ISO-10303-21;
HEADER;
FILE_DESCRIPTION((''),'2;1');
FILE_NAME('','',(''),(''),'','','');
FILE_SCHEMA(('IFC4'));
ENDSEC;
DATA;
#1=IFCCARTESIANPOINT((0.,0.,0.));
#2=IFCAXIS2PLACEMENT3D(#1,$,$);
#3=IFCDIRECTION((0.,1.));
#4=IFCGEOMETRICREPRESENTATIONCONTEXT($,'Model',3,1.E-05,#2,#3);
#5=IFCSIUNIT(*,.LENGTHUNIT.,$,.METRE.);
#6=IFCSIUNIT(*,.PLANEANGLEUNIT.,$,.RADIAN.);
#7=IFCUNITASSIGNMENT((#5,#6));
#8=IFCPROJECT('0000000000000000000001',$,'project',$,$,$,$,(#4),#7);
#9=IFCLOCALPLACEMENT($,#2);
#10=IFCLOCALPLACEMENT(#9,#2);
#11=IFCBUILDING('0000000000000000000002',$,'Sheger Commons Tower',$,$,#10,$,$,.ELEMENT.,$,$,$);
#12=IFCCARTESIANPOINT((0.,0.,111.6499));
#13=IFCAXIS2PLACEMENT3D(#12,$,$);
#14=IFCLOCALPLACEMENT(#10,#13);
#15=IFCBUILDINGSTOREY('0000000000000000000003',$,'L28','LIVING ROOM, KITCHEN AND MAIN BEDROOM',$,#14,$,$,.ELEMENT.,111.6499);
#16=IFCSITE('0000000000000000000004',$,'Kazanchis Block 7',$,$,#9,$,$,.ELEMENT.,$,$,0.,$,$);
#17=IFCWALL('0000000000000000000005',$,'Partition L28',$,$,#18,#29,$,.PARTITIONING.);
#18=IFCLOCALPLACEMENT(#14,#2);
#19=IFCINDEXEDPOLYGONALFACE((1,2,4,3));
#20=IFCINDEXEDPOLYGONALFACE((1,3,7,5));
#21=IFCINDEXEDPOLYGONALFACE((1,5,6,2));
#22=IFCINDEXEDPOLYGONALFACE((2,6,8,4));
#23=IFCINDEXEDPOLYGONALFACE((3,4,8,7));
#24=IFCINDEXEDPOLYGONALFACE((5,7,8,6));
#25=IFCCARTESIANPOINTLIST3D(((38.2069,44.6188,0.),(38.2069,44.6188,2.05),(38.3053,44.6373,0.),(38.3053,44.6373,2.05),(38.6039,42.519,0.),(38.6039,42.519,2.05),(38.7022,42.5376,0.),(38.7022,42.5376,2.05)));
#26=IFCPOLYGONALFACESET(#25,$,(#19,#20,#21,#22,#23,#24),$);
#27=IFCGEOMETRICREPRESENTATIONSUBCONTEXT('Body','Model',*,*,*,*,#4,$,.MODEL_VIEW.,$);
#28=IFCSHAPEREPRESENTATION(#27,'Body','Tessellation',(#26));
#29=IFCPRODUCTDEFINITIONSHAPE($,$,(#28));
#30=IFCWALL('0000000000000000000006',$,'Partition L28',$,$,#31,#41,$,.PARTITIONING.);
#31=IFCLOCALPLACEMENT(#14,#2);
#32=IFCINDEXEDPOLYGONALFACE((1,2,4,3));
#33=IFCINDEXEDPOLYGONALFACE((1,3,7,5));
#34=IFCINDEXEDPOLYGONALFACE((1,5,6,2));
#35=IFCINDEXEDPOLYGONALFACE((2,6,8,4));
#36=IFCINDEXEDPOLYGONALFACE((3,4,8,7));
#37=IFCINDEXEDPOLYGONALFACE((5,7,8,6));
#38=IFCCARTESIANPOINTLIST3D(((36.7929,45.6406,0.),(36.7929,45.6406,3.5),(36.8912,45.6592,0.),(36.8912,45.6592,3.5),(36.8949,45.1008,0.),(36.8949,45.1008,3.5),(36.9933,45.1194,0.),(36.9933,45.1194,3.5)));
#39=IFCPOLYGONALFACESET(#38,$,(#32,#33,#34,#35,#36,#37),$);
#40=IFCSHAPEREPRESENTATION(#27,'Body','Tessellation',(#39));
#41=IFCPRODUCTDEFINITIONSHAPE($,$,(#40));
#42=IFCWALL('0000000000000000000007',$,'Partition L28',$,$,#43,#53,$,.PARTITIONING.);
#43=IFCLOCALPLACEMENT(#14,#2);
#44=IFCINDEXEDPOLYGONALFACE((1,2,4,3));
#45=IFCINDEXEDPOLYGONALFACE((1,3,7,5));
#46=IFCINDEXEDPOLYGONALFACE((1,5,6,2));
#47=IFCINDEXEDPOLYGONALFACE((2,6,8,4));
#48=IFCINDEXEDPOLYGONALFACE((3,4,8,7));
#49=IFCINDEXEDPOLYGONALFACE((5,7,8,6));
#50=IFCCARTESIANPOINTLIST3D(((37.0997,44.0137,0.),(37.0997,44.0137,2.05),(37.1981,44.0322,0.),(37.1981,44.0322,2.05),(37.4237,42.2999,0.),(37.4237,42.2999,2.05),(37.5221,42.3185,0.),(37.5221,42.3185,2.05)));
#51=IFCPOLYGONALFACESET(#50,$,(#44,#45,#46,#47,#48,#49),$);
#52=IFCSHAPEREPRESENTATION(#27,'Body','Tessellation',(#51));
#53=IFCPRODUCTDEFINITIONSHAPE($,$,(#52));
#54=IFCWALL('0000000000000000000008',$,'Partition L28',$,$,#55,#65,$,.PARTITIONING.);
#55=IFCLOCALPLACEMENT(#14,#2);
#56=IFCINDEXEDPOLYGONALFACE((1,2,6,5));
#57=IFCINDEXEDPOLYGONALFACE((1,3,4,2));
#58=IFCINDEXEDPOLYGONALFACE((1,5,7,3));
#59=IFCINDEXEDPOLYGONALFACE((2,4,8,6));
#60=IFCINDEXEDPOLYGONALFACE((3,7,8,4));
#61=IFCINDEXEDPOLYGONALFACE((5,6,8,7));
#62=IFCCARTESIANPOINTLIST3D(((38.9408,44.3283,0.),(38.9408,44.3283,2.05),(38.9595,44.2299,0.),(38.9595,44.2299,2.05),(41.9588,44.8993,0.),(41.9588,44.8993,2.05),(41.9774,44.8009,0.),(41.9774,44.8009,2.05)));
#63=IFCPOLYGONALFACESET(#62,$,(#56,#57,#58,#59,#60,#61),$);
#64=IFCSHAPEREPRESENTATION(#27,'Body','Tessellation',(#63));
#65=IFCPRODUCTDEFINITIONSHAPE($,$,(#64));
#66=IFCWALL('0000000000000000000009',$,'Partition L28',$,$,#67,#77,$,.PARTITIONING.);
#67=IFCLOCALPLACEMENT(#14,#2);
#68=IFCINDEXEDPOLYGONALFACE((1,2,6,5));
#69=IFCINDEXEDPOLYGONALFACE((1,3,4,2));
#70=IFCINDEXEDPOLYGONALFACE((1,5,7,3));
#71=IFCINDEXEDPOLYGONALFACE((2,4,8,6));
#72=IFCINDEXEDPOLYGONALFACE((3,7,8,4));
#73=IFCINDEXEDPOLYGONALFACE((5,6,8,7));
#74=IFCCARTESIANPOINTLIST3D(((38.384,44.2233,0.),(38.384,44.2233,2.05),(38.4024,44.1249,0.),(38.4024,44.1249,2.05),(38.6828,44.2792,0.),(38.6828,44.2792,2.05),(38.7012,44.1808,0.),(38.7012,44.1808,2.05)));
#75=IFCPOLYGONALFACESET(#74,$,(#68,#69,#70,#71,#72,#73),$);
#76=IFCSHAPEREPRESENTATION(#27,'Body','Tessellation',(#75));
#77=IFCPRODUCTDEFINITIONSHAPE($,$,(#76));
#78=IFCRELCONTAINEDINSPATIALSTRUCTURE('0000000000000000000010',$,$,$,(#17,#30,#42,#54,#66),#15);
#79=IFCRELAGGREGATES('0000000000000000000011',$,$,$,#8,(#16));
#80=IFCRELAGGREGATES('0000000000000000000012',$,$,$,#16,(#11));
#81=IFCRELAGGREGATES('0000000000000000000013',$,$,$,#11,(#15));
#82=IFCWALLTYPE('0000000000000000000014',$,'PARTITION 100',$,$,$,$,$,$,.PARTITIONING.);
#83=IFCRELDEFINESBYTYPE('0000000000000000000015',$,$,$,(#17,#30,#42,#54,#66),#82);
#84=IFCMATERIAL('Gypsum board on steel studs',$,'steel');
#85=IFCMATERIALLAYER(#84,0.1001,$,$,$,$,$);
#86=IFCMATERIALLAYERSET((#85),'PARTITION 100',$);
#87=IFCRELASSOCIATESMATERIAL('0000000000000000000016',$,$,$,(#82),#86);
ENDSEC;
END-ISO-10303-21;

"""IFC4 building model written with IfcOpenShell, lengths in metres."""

from ifc_helpers import new_model, si_unit, direction, frame, frame_2d, origin, place, context, subcontext, project, spatial, rectangle, extrude, material, layer, layer_set, type_object, element, save


model = new_model("IFC4")

# Units and contexts
model_context = context("Model", 3, precision=1e-05, world=origin(), true_north=direction((0.0, 1.0)))
body_context = subcontext(model_context, "Body", "Model", "MODEL_VIEW")
ifc_project = project(units=[si_unit("LENGTHUNIT", "METRE"), si_unit("PLANEANGLEUNIT", "RADIAN")], contexts=[model_context])

# Site, building, storey
site_placement = place(None, origin())
site = spatial("IfcSite", under=ifc_project, at=site_placement, Name="Kazanchis Block 7", CompositionType="ELEMENT", RefElevation=0.0)
building_placement = place(site_placement, origin())
building = spatial("IfcBuilding", under=site, at=building_placement, Name="Sheger Commons Tower", CompositionType="ELEMENT")
storey_placement = place(building_placement, frame((0.0, 0.0, 111.6499)))
storey = spatial("IfcBuildingStorey", under=building, at=storey_placement, Name="L28", Description="LIVING ROOM, KITCHEN AND MAIN BEDROOM", CompositionType="ELEMENT", Elevation=111.6499)

# Walls
ifc_material_1 = material(Name="Gypsum board on steel studs", Category="steel")
ifc_layer_1 = layer(ifc_material_1, 0.1001)
ifc_layer_set_1 = layer_set([ifc_layer_1], Name="PARTITION 100")
wall_type_1 = type_object("IfcWallType", Name="PARTITION 100", PredefinedType="PARTITIONING", material=ifc_layer_set_1)
wall_1_placement = place(storey_placement, frame((38.2561, 44.6279, 0.0), z_axis=(0.0, 0.0, 1.0), x_axis=(0.185758, -0.982596, 0.0)))
element("IfcWall", 1, at=wall_1_placement, inside=storey, type_object=wall_type_1, Name="Partition L28", PredefinedType="PARTITIONING", context=body_context, shape_type="SweptSolid", body=[
    extrude(rectangle(XDim=2.137, YDim=0.1001, at=frame_2d((1.0684, 0.0))), origin(), (0.0, 0.0, 1.0), 2.05),
])
wall_2_placement = place(storey_placement, frame((36.842, 45.6499, 0.0), z_axis=(0.0, 0.0, 1.0), x_axis=(0.185764, -0.982594, 0.0)))
element("IfcWall", 2, at=wall_2_placement, inside=storey, type_object=wall_type_1, Name="Partition L28", PredefinedType="PARTITIONING", context=body_context, shape_type="SweptSolid", body=[
    extrude(rectangle(XDim=0.5493, YDim=0.1001, at=frame_2d((0.2747, 0.0))), origin(), (0.0, 0.0, 1.0), 3.5),
])
wall_3_placement = place(storey_placement, frame((37.1489, 44.0229, 0.0), z_axis=(0.0, 0.0, 1.0), x_axis=(0.185742, -0.982599, 0.0)))
element("IfcWall", 3, at=wall_3_placement, inside=storey, type_object=wall_type_1, Name="Partition L28", PredefinedType="PARTITIONING", context=body_context, shape_type="SweptSolid", body=[
    extrude(rectangle(XDim=1.7441, YDim=0.1001, at=frame_2d((0.8721, 0.0))), origin(), (0.0, 0.0, 1.0), 2.05),
])
wall_4_placement = place(storey_placement, frame((41.968, 44.8501, 0.0), z_axis=(0.0, 0.0, 1.0), x_axis=(-0.982567, -0.18591, 0.0)))
element("IfcWall", 4, at=wall_4_placement, inside=storey, type_object=wall_type_1, Name="Partition L28", PredefinedType="PARTITIONING", context=body_context, shape_type="SweptSolid", body=[
    extrude(rectangle(XDim=3.0715, YDim=0.1001, at=frame_2d((1.5356, 0.0))), origin(), (0.0, 0.0, 1.0), 2.05),
])
wall_5_placement = place(storey_placement, frame((38.6919, 44.23, 0.0), z_axis=(0.0, 0.0, 1.0), x_axis=(-0.982945, -0.183901, 0.0)))
element("IfcWall", 5, at=wall_5_placement, inside=storey, type_object=wall_type_1, Name="Partition L28", PredefinedType="PARTITIONING", context=body_context, shape_type="SweptSolid", body=[
    extrude(rectangle(XDim=0.304, YDim=0.1001, at=frame_2d((0.1519, 0.0))), origin(), (0.0, 0.0, 1.0), 2.05),
])

save(model, "model.ifc")
